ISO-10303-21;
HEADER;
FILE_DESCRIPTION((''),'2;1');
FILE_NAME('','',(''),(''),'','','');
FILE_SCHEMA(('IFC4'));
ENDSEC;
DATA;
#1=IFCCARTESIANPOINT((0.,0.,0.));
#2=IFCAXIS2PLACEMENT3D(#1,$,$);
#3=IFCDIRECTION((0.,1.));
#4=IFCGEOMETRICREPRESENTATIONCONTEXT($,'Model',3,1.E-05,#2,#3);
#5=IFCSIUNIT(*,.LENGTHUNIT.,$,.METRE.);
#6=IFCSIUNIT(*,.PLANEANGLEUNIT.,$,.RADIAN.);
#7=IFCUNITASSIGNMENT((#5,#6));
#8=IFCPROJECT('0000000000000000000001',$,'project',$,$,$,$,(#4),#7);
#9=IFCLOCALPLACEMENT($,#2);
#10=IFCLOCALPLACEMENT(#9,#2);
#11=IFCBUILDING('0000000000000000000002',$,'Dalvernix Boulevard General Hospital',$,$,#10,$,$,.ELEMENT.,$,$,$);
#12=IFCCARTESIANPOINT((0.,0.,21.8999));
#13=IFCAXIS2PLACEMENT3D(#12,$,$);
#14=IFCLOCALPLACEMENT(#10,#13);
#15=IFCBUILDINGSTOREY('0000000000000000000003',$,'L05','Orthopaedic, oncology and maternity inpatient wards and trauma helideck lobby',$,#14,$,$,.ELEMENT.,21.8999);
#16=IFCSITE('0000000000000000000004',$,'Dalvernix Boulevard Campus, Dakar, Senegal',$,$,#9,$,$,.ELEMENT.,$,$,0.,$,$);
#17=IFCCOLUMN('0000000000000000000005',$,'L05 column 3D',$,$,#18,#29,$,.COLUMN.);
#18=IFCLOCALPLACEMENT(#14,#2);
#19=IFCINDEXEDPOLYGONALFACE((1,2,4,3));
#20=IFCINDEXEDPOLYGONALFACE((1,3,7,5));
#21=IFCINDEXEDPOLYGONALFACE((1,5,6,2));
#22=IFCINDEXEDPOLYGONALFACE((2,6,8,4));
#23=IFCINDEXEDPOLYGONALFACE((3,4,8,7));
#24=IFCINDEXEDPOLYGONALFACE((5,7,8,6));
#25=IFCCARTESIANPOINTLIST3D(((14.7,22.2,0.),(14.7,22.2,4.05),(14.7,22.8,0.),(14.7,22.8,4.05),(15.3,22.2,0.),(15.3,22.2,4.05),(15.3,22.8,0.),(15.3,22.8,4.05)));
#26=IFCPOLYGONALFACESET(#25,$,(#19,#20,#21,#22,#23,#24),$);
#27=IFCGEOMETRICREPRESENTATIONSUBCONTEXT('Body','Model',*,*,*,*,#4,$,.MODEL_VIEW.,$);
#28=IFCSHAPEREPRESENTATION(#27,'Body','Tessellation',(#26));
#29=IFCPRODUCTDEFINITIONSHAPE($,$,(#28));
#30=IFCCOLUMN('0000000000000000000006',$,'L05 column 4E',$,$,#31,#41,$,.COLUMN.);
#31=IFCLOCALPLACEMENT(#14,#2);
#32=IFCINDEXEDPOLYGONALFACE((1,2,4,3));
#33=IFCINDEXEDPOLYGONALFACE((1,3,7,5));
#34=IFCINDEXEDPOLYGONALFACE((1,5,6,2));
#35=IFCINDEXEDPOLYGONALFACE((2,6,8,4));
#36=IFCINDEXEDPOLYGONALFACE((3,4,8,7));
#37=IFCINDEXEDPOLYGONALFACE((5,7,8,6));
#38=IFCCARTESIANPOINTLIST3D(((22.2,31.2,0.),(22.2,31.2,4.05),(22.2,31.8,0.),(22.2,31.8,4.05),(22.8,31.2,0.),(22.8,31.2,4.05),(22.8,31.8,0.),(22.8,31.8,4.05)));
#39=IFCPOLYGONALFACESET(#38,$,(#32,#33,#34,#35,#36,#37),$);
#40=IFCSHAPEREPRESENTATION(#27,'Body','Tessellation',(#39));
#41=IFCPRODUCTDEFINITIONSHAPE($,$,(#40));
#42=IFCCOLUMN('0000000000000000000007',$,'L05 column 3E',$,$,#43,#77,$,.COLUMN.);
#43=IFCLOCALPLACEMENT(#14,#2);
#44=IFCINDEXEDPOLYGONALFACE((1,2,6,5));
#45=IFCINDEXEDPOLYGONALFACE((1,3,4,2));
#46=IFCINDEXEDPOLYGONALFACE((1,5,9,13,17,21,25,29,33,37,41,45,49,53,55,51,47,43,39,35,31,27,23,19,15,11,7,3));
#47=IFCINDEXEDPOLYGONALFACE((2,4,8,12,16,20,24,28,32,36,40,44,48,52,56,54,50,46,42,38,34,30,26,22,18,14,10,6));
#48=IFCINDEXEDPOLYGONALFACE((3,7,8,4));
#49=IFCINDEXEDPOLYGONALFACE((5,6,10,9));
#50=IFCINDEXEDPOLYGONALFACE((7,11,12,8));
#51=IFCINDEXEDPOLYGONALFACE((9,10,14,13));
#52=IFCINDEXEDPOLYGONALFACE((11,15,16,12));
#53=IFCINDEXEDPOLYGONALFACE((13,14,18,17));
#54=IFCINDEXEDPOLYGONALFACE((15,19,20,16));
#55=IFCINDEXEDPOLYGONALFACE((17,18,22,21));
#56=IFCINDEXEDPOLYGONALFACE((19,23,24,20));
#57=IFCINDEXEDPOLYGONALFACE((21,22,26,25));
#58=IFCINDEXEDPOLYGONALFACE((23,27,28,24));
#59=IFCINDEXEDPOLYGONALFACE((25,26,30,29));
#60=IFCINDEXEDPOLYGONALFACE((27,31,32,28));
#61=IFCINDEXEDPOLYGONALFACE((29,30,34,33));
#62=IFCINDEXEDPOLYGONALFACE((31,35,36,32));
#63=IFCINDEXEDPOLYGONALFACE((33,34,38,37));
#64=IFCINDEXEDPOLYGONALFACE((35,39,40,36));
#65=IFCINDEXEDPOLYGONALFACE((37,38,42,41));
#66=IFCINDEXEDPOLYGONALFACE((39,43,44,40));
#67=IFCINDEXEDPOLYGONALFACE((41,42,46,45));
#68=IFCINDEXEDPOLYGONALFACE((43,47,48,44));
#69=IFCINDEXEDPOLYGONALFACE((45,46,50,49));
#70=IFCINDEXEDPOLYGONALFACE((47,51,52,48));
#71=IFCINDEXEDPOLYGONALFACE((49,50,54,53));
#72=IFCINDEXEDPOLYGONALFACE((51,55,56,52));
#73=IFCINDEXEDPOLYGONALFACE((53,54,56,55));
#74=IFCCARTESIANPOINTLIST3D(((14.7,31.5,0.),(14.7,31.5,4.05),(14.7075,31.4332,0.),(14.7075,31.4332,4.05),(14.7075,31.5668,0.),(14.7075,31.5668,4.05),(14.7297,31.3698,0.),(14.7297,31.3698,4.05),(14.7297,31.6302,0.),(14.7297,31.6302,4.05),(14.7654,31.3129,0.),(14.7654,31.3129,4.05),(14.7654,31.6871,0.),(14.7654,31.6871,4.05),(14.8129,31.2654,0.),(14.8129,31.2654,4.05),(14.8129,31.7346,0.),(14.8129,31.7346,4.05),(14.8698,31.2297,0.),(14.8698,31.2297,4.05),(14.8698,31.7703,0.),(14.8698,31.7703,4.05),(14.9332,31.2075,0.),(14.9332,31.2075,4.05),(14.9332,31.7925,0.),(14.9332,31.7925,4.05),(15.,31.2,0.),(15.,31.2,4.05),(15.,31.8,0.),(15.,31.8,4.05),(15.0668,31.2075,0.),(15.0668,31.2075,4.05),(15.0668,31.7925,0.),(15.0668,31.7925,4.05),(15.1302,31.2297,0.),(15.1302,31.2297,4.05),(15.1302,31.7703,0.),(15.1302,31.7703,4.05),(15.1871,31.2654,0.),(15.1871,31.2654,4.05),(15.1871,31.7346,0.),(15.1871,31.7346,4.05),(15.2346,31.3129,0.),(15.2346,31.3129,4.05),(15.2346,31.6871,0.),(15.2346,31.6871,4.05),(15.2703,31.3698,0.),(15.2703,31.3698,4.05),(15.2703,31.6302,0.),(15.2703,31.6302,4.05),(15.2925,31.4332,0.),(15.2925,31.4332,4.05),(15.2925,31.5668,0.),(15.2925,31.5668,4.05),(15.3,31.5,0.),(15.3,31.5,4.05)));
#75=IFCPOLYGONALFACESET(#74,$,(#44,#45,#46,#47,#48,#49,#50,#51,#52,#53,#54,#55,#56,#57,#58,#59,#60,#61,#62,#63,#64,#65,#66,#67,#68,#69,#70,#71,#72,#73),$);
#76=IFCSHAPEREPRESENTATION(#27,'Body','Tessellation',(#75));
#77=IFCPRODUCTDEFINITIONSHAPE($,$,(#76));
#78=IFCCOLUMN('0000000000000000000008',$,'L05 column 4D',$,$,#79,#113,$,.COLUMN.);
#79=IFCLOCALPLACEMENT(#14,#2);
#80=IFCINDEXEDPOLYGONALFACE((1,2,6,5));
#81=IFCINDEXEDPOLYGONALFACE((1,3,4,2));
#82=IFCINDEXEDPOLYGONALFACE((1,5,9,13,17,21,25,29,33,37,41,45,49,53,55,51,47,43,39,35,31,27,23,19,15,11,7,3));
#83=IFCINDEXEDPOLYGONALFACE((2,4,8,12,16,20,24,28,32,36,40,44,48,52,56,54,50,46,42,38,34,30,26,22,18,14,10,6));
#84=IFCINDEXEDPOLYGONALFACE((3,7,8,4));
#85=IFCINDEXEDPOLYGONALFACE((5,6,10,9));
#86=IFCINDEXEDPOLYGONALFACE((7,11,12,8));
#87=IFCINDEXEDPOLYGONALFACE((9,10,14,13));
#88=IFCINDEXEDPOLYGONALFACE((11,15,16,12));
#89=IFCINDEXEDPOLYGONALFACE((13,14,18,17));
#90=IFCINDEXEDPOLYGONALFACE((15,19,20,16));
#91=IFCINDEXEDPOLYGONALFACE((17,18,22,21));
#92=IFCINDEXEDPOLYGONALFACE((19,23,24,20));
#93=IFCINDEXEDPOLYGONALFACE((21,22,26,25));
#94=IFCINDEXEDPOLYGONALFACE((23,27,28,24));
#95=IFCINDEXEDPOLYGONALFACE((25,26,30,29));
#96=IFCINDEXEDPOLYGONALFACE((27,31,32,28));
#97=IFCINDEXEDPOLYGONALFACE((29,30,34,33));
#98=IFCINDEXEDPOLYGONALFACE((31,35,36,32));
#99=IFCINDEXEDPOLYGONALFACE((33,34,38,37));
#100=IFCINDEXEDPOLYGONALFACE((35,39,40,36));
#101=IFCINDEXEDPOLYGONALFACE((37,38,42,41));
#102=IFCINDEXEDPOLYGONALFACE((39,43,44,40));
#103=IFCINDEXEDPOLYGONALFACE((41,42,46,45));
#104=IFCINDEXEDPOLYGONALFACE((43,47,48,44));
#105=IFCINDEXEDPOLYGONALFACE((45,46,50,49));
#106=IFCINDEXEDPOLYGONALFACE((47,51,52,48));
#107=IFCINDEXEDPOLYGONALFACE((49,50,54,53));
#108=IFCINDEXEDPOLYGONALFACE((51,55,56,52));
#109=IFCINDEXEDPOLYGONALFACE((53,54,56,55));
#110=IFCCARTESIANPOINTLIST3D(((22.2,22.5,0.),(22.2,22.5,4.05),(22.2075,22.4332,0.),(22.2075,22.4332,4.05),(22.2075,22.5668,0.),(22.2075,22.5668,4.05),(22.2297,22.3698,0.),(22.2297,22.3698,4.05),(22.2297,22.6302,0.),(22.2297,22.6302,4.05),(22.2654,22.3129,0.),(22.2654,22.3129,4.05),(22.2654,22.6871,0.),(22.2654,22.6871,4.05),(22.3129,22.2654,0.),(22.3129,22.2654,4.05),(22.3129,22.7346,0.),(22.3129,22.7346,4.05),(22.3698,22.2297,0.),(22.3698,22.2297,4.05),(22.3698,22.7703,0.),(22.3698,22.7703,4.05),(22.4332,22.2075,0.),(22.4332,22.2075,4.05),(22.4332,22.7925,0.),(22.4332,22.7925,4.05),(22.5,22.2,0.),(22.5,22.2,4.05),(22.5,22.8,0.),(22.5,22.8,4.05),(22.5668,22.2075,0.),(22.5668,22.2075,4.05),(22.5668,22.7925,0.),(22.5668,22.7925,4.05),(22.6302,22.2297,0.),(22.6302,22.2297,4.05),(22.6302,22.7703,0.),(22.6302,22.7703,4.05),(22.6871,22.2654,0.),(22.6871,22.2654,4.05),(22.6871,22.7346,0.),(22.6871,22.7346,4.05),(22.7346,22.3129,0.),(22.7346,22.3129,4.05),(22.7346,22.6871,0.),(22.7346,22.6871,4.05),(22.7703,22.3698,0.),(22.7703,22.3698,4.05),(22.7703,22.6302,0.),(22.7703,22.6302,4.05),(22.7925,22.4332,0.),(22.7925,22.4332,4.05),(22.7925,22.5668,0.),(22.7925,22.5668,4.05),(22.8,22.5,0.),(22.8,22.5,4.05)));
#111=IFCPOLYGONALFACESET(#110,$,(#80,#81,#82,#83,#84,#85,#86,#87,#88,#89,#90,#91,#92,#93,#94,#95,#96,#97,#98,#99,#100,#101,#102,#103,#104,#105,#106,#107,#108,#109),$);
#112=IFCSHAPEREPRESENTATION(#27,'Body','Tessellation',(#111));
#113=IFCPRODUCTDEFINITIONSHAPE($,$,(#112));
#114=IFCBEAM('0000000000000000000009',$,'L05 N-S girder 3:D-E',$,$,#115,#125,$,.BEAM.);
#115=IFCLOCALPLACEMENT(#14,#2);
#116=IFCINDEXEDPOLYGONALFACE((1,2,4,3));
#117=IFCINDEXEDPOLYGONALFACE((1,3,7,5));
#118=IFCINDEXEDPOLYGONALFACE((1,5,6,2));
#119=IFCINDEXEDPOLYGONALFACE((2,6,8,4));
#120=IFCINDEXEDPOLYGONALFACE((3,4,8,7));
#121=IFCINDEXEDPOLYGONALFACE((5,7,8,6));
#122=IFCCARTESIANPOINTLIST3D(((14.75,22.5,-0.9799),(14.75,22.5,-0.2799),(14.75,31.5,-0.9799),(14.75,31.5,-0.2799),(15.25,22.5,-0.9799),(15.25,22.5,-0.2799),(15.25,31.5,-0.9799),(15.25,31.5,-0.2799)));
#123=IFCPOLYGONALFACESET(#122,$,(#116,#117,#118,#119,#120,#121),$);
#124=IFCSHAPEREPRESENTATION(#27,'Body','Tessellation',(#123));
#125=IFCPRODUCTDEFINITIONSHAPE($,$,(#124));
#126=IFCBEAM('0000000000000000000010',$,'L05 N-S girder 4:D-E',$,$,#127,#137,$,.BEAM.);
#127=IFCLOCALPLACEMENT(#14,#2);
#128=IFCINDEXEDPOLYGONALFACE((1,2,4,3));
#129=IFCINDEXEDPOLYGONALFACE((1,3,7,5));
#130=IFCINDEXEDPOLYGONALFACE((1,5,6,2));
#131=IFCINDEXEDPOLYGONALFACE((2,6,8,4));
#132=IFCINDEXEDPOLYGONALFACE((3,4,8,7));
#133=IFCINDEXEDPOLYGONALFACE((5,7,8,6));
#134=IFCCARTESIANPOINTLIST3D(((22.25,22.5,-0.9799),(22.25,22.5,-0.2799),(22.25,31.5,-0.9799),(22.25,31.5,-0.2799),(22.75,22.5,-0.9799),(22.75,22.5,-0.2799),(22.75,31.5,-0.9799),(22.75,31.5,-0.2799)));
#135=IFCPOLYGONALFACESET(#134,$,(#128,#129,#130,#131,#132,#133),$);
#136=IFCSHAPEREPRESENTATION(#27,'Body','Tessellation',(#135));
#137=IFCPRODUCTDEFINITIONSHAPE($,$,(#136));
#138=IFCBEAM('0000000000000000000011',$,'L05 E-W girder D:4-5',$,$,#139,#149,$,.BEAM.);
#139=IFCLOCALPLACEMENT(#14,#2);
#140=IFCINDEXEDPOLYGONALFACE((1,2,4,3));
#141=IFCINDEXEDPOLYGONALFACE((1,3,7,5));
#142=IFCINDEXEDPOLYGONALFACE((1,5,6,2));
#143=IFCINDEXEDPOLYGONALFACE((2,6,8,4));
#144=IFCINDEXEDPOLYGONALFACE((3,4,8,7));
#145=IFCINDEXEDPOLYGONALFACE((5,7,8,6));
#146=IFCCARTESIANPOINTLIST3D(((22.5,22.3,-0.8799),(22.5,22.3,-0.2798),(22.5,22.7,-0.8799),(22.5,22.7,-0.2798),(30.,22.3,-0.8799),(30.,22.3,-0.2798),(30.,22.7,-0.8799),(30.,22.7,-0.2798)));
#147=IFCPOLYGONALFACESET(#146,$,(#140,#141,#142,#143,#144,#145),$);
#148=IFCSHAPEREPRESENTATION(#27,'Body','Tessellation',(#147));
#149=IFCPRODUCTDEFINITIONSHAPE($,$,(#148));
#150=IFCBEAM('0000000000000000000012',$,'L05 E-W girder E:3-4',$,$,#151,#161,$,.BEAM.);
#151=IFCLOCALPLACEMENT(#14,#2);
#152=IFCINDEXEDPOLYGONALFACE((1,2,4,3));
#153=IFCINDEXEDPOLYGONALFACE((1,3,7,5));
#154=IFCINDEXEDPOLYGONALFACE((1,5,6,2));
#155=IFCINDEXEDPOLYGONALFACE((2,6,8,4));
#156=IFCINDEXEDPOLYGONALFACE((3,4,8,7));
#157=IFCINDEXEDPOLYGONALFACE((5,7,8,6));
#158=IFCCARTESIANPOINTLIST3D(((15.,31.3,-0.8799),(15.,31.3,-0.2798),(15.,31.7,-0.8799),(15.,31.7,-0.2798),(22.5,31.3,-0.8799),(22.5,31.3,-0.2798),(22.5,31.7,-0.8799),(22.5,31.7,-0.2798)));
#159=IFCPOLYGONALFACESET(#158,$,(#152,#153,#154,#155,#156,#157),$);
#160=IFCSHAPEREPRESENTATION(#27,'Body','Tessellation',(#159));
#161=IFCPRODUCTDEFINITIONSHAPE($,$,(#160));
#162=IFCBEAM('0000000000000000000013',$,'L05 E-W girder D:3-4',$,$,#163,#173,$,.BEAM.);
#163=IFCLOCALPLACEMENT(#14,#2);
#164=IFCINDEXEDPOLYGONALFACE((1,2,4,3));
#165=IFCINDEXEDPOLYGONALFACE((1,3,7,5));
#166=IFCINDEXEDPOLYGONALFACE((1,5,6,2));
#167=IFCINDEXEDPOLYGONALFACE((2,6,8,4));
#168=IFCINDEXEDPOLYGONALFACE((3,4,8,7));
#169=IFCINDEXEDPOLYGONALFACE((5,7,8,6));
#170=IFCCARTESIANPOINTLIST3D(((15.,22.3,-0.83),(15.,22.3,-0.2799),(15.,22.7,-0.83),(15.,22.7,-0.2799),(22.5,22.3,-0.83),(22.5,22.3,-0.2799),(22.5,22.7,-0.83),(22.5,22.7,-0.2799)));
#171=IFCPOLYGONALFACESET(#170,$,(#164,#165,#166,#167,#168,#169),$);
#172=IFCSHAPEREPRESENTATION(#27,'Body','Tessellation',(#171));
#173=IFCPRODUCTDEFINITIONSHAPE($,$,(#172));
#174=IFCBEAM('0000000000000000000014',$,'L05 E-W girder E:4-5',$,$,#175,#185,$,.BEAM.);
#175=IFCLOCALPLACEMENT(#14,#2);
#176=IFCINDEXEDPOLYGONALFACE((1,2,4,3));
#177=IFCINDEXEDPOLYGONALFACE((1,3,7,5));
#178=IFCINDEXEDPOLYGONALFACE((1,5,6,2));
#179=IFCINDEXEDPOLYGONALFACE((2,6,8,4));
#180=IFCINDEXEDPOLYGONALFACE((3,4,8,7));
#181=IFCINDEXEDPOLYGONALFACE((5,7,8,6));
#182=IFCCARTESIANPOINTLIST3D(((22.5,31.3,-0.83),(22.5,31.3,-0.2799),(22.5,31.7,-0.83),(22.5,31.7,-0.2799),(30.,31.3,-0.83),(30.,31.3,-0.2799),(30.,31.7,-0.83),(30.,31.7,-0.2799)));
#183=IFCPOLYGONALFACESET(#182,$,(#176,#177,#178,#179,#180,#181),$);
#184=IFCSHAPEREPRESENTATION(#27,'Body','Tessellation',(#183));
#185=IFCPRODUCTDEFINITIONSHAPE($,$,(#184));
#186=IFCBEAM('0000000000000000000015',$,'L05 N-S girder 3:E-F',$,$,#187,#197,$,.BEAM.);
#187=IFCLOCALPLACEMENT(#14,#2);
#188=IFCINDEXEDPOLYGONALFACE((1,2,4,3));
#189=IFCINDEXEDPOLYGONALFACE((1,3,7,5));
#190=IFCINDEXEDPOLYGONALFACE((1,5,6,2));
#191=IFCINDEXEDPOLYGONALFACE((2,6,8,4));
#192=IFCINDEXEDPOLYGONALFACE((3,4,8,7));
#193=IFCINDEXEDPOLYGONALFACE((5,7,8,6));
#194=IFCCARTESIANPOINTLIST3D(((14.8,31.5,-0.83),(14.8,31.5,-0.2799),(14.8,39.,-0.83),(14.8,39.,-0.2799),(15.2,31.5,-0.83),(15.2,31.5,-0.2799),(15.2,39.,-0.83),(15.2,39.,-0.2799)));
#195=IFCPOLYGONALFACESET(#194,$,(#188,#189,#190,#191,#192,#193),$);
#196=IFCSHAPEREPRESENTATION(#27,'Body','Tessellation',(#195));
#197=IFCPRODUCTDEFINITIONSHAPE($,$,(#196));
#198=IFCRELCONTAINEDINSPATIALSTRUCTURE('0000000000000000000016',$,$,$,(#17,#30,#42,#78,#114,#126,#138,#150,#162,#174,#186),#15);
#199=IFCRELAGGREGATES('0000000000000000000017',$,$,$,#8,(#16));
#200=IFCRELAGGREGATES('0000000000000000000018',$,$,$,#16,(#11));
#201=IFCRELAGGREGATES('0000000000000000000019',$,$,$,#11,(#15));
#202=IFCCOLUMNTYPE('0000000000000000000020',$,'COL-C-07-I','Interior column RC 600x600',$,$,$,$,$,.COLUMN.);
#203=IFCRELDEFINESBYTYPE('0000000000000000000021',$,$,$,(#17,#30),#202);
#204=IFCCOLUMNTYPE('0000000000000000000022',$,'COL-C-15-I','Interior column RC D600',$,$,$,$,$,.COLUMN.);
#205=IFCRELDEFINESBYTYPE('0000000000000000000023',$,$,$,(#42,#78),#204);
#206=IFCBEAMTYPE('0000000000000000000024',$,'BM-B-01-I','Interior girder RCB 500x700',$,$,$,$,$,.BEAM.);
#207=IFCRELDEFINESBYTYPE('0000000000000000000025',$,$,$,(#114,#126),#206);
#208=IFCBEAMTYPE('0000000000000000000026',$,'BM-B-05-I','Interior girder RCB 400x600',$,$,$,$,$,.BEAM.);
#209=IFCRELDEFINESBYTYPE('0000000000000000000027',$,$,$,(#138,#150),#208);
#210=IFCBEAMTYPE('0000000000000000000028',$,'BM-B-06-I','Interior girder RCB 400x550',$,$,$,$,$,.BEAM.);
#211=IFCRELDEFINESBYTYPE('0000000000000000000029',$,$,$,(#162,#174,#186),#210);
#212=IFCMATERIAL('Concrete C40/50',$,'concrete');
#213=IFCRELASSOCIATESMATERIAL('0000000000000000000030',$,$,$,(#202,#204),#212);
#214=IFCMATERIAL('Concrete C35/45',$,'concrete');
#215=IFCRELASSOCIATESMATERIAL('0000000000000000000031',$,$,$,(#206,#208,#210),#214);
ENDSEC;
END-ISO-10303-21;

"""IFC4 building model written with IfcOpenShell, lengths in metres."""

from ifc_helpers import new_model, si_unit, direction, frame, origin, origin_2d, place, context, subcontext, project, spatial, rectangle, circle, extrude, material, material_profile, profile_set, type_object, element, save


model = new_model("IFC4")

# Units and contexts
model_context = context("Model", 3, precision=1e-05, world=origin(), true_north=direction((0.0, 1.0)))
body_context = subcontext(model_context, "Body", "Model", "MODEL_VIEW")
ifc_project = project(units=[si_unit("LENGTHUNIT", "METRE"), si_unit("PLANEANGLEUNIT", "RADIAN")], contexts=[model_context])

# Site, building, storey
site_placement = place(None, origin())
site = spatial("IfcSite", under=ifc_project, at=site_placement, Name="Dalvernix Boulevard Campus, Dakar, Senegal", CompositionType="ELEMENT", RefElevation=0.0)
building_placement = place(site_placement, origin())
building = spatial("IfcBuilding", under=site, at=building_placement, Name="Dalvernix Boulevard General Hospital", CompositionType="ELEMENT")
storey_placement = place(building_placement, frame((0.0, 0.0, 21.8999)))
storey = spatial("IfcBuildingStorey", under=building, at=storey_placement, Name="L05", Description="Orthopaedic, oncology and maternity inpatient wards and trauma helideck lobby", CompositionType="ELEMENT", Elevation=21.8999)

# Columns
ifc_material_1 = material(Name="Concrete C40/50", Category="concrete")
ifc_material_profile_1 = material_profile(ifc_material_1, rectangle(XDim=0.6001, YDim=0.6001, at=origin_2d()), Name="RC 600x600")
ifc_profile_set_1 = profile_set([ifc_material_profile_1], Name="Concrete C40/50")
column_type_1 = type_object("IfcColumnType", Name="COL-C-07-I", Description="Interior column RC 600x600", PredefinedType="COLUMN", material=ifc_profile_set_1)
for number, where, z_axis, x_axis, name in (
    (1, (15.0, 22.5, 0.0), (0.0, 0.0, 1.0), (1.0, 0.0, 0.0), "L05 column 3D"),
    (2, (22.5, 31.5, 0.0), (0.0, 0.0, 1.0), (1.0, 0.0, 0.0), "L05 column 4E"),
):
    element("IfcColumn", number, at=place(storey_placement, frame(where, z_axis=z_axis, x_axis=x_axis)), inside=storey, type_object=column_type_1, Name=name, PredefinedType="COLUMN", context=body_context, shape_type="SweptSolid", body=[
        extrude(rectangle(XDim=0.6001, YDim=0.6001, at=origin_2d()), origin(), (0.0, 0.0, 1.0), 4.05),
    ])
ifc_material_profile_2 = material_profile(ifc_material_1, circle(Radius=0.3, at=origin_2d()), Name="RC D600")
ifc_profile_set_2 = profile_set([ifc_material_profile_2], Name="Concrete C40/50")
column_type_2 = type_object("IfcColumnType", Name="COL-C-15-I", Description="Interior column RC D600", PredefinedType="COLUMN", material=ifc_profile_set_2)
for number, where, z_axis, x_axis, name in (
    (3, (15.0, 31.5, 0.0), (0.0, 0.0, 1.0), (1.0, 0.0, 0.0), "L05 column 3E"),
    (4, (22.5, 22.5, 0.0), (0.0, 0.0, 1.0), (1.0, 0.0, 0.0), "L05 column 4D"),
):
    element("IfcColumn", number, at=place(storey_placement, frame(where, z_axis=z_axis, x_axis=x_axis)), inside=storey, type_object=column_type_2, Name=name, PredefinedType="COLUMN", context=body_context, shape_type="SweptSolid", body=[
        extrude(circle(Radius=0.3, at=origin_2d()), origin(), (0.0, 0.0, 1.0), 4.05),
    ])

# Beams
ifc_material_2 = material(Name="Concrete C35/45", Category="concrete")
ifc_material_profile_3 = material_profile(ifc_material_2, rectangle(XDim=0.5, YDim=0.7, at=origin_2d()), Name="RCB 500x700")
ifc_profile_set_3 = profile_set([ifc_material_profile_3], Name="Concrete C35/45")
beam_type_1 = type_object("IfcBeamType", Name="BM-B-01-I", Description="Interior girder RCB 500x700", PredefinedType="BEAM", material=ifc_profile_set_3)
for number, where, z_axis, x_axis, name in (
    (5, (15.0, 22.5, -0.6299), (0.0, 1.0, 0.0), (-1.0, 0.0, 0.0), "L05 N-S girder 3:D-E"),
    (6, (22.5, 22.5, -0.6299), (0.0, 1.0, 0.0), (-1.0, 0.0, 0.0), "L05 N-S girder 4:D-E"),
):
    element("IfcBeam", number, at=place(storey_placement, frame(where, z_axis=z_axis, x_axis=x_axis)), inside=storey, type_object=beam_type_1, Name=name, PredefinedType="BEAM", context=body_context, shape_type="SweptSolid", body=[
        extrude(rectangle(XDim=0.5, YDim=0.7, at=origin_2d()), origin(), (0.0, 0.0, 1.0), 9.0),
    ])
ifc_material_profile_4 = material_profile(ifc_material_2, rectangle(XDim=0.3999, YDim=0.6001, at=origin_2d()), Name="RCB 400x600")
ifc_profile_set_4 = profile_set([ifc_material_profile_4], Name="Concrete C35/45")
beam_type_2 = type_object("IfcBeamType", Name="BM-B-05-I", Description="Interior girder RCB 400x600", PredefinedType="BEAM", material=ifc_profile_set_4)
for number, where, z_axis, x_axis, name in (
    (7, (22.5, 22.5, -0.5798), (1.0, 0.0, 0.0), (0.0, 1.0, 0.0), "L05 E-W girder D:4-5"),
    (8, (15.0, 31.5, -0.5798), (1.0, 0.0, 0.0), (0.0, 1.0, 0.0), "L05 E-W girder E:3-4"),
):
    element("IfcBeam", number, at=place(storey_placement, frame(where, z_axis=z_axis, x_axis=x_axis)), inside=storey, type_object=beam_type_2, Name=name, PredefinedType="BEAM", context=body_context, shape_type="SweptSolid", body=[
        extrude(rectangle(XDim=0.3999, YDim=0.6001, at=origin_2d()), origin(), (0.0, 0.0, 1.0), 7.5),
    ])
ifc_material_profile_5 = material_profile(ifc_material_2, rectangle(XDim=0.3999, YDim=0.55, at=origin_2d()), Name="RCB 400x550")
ifc_profile_set_5 = profile_set([ifc_material_profile_5], Name="Concrete C35/45")
beam_type_3 = type_object("IfcBeamType", Name="BM-B-06-I", Description="Interior girder RCB 400x550", PredefinedType="BEAM", material=ifc_profile_set_5)
for number, where, z_axis, x_axis, name in (
    (9, (15.0, 22.5, -0.5549), (1.0, 0.0, 0.0), (0.0, 1.0, 0.0), "L05 E-W girder D:3-4"),
    (10, (22.5, 31.5, -0.5549), (1.0, 0.0, 0.0), (0.0, 1.0, 0.0), "L05 E-W girder E:4-5"),
    (11, (15.0, 31.5, -0.5549), (0.0, 1.0, 0.0), (-1.0, 0.0, 0.0), "L05 N-S girder 3:E-F"),
):
    element("IfcBeam", number, at=place(storey_placement, frame(where, z_axis=z_axis, x_axis=x_axis)), inside=storey, type_object=beam_type_3, Name=name, PredefinedType="BEAM", context=body_context, shape_type="SweptSolid", body=[
        extrude(rectangle(XDim=0.3999, YDim=0.55, at=origin_2d()), origin(), (0.0, 0.0, 1.0), 7.5),
    ])

save(model, "model.ifc")
